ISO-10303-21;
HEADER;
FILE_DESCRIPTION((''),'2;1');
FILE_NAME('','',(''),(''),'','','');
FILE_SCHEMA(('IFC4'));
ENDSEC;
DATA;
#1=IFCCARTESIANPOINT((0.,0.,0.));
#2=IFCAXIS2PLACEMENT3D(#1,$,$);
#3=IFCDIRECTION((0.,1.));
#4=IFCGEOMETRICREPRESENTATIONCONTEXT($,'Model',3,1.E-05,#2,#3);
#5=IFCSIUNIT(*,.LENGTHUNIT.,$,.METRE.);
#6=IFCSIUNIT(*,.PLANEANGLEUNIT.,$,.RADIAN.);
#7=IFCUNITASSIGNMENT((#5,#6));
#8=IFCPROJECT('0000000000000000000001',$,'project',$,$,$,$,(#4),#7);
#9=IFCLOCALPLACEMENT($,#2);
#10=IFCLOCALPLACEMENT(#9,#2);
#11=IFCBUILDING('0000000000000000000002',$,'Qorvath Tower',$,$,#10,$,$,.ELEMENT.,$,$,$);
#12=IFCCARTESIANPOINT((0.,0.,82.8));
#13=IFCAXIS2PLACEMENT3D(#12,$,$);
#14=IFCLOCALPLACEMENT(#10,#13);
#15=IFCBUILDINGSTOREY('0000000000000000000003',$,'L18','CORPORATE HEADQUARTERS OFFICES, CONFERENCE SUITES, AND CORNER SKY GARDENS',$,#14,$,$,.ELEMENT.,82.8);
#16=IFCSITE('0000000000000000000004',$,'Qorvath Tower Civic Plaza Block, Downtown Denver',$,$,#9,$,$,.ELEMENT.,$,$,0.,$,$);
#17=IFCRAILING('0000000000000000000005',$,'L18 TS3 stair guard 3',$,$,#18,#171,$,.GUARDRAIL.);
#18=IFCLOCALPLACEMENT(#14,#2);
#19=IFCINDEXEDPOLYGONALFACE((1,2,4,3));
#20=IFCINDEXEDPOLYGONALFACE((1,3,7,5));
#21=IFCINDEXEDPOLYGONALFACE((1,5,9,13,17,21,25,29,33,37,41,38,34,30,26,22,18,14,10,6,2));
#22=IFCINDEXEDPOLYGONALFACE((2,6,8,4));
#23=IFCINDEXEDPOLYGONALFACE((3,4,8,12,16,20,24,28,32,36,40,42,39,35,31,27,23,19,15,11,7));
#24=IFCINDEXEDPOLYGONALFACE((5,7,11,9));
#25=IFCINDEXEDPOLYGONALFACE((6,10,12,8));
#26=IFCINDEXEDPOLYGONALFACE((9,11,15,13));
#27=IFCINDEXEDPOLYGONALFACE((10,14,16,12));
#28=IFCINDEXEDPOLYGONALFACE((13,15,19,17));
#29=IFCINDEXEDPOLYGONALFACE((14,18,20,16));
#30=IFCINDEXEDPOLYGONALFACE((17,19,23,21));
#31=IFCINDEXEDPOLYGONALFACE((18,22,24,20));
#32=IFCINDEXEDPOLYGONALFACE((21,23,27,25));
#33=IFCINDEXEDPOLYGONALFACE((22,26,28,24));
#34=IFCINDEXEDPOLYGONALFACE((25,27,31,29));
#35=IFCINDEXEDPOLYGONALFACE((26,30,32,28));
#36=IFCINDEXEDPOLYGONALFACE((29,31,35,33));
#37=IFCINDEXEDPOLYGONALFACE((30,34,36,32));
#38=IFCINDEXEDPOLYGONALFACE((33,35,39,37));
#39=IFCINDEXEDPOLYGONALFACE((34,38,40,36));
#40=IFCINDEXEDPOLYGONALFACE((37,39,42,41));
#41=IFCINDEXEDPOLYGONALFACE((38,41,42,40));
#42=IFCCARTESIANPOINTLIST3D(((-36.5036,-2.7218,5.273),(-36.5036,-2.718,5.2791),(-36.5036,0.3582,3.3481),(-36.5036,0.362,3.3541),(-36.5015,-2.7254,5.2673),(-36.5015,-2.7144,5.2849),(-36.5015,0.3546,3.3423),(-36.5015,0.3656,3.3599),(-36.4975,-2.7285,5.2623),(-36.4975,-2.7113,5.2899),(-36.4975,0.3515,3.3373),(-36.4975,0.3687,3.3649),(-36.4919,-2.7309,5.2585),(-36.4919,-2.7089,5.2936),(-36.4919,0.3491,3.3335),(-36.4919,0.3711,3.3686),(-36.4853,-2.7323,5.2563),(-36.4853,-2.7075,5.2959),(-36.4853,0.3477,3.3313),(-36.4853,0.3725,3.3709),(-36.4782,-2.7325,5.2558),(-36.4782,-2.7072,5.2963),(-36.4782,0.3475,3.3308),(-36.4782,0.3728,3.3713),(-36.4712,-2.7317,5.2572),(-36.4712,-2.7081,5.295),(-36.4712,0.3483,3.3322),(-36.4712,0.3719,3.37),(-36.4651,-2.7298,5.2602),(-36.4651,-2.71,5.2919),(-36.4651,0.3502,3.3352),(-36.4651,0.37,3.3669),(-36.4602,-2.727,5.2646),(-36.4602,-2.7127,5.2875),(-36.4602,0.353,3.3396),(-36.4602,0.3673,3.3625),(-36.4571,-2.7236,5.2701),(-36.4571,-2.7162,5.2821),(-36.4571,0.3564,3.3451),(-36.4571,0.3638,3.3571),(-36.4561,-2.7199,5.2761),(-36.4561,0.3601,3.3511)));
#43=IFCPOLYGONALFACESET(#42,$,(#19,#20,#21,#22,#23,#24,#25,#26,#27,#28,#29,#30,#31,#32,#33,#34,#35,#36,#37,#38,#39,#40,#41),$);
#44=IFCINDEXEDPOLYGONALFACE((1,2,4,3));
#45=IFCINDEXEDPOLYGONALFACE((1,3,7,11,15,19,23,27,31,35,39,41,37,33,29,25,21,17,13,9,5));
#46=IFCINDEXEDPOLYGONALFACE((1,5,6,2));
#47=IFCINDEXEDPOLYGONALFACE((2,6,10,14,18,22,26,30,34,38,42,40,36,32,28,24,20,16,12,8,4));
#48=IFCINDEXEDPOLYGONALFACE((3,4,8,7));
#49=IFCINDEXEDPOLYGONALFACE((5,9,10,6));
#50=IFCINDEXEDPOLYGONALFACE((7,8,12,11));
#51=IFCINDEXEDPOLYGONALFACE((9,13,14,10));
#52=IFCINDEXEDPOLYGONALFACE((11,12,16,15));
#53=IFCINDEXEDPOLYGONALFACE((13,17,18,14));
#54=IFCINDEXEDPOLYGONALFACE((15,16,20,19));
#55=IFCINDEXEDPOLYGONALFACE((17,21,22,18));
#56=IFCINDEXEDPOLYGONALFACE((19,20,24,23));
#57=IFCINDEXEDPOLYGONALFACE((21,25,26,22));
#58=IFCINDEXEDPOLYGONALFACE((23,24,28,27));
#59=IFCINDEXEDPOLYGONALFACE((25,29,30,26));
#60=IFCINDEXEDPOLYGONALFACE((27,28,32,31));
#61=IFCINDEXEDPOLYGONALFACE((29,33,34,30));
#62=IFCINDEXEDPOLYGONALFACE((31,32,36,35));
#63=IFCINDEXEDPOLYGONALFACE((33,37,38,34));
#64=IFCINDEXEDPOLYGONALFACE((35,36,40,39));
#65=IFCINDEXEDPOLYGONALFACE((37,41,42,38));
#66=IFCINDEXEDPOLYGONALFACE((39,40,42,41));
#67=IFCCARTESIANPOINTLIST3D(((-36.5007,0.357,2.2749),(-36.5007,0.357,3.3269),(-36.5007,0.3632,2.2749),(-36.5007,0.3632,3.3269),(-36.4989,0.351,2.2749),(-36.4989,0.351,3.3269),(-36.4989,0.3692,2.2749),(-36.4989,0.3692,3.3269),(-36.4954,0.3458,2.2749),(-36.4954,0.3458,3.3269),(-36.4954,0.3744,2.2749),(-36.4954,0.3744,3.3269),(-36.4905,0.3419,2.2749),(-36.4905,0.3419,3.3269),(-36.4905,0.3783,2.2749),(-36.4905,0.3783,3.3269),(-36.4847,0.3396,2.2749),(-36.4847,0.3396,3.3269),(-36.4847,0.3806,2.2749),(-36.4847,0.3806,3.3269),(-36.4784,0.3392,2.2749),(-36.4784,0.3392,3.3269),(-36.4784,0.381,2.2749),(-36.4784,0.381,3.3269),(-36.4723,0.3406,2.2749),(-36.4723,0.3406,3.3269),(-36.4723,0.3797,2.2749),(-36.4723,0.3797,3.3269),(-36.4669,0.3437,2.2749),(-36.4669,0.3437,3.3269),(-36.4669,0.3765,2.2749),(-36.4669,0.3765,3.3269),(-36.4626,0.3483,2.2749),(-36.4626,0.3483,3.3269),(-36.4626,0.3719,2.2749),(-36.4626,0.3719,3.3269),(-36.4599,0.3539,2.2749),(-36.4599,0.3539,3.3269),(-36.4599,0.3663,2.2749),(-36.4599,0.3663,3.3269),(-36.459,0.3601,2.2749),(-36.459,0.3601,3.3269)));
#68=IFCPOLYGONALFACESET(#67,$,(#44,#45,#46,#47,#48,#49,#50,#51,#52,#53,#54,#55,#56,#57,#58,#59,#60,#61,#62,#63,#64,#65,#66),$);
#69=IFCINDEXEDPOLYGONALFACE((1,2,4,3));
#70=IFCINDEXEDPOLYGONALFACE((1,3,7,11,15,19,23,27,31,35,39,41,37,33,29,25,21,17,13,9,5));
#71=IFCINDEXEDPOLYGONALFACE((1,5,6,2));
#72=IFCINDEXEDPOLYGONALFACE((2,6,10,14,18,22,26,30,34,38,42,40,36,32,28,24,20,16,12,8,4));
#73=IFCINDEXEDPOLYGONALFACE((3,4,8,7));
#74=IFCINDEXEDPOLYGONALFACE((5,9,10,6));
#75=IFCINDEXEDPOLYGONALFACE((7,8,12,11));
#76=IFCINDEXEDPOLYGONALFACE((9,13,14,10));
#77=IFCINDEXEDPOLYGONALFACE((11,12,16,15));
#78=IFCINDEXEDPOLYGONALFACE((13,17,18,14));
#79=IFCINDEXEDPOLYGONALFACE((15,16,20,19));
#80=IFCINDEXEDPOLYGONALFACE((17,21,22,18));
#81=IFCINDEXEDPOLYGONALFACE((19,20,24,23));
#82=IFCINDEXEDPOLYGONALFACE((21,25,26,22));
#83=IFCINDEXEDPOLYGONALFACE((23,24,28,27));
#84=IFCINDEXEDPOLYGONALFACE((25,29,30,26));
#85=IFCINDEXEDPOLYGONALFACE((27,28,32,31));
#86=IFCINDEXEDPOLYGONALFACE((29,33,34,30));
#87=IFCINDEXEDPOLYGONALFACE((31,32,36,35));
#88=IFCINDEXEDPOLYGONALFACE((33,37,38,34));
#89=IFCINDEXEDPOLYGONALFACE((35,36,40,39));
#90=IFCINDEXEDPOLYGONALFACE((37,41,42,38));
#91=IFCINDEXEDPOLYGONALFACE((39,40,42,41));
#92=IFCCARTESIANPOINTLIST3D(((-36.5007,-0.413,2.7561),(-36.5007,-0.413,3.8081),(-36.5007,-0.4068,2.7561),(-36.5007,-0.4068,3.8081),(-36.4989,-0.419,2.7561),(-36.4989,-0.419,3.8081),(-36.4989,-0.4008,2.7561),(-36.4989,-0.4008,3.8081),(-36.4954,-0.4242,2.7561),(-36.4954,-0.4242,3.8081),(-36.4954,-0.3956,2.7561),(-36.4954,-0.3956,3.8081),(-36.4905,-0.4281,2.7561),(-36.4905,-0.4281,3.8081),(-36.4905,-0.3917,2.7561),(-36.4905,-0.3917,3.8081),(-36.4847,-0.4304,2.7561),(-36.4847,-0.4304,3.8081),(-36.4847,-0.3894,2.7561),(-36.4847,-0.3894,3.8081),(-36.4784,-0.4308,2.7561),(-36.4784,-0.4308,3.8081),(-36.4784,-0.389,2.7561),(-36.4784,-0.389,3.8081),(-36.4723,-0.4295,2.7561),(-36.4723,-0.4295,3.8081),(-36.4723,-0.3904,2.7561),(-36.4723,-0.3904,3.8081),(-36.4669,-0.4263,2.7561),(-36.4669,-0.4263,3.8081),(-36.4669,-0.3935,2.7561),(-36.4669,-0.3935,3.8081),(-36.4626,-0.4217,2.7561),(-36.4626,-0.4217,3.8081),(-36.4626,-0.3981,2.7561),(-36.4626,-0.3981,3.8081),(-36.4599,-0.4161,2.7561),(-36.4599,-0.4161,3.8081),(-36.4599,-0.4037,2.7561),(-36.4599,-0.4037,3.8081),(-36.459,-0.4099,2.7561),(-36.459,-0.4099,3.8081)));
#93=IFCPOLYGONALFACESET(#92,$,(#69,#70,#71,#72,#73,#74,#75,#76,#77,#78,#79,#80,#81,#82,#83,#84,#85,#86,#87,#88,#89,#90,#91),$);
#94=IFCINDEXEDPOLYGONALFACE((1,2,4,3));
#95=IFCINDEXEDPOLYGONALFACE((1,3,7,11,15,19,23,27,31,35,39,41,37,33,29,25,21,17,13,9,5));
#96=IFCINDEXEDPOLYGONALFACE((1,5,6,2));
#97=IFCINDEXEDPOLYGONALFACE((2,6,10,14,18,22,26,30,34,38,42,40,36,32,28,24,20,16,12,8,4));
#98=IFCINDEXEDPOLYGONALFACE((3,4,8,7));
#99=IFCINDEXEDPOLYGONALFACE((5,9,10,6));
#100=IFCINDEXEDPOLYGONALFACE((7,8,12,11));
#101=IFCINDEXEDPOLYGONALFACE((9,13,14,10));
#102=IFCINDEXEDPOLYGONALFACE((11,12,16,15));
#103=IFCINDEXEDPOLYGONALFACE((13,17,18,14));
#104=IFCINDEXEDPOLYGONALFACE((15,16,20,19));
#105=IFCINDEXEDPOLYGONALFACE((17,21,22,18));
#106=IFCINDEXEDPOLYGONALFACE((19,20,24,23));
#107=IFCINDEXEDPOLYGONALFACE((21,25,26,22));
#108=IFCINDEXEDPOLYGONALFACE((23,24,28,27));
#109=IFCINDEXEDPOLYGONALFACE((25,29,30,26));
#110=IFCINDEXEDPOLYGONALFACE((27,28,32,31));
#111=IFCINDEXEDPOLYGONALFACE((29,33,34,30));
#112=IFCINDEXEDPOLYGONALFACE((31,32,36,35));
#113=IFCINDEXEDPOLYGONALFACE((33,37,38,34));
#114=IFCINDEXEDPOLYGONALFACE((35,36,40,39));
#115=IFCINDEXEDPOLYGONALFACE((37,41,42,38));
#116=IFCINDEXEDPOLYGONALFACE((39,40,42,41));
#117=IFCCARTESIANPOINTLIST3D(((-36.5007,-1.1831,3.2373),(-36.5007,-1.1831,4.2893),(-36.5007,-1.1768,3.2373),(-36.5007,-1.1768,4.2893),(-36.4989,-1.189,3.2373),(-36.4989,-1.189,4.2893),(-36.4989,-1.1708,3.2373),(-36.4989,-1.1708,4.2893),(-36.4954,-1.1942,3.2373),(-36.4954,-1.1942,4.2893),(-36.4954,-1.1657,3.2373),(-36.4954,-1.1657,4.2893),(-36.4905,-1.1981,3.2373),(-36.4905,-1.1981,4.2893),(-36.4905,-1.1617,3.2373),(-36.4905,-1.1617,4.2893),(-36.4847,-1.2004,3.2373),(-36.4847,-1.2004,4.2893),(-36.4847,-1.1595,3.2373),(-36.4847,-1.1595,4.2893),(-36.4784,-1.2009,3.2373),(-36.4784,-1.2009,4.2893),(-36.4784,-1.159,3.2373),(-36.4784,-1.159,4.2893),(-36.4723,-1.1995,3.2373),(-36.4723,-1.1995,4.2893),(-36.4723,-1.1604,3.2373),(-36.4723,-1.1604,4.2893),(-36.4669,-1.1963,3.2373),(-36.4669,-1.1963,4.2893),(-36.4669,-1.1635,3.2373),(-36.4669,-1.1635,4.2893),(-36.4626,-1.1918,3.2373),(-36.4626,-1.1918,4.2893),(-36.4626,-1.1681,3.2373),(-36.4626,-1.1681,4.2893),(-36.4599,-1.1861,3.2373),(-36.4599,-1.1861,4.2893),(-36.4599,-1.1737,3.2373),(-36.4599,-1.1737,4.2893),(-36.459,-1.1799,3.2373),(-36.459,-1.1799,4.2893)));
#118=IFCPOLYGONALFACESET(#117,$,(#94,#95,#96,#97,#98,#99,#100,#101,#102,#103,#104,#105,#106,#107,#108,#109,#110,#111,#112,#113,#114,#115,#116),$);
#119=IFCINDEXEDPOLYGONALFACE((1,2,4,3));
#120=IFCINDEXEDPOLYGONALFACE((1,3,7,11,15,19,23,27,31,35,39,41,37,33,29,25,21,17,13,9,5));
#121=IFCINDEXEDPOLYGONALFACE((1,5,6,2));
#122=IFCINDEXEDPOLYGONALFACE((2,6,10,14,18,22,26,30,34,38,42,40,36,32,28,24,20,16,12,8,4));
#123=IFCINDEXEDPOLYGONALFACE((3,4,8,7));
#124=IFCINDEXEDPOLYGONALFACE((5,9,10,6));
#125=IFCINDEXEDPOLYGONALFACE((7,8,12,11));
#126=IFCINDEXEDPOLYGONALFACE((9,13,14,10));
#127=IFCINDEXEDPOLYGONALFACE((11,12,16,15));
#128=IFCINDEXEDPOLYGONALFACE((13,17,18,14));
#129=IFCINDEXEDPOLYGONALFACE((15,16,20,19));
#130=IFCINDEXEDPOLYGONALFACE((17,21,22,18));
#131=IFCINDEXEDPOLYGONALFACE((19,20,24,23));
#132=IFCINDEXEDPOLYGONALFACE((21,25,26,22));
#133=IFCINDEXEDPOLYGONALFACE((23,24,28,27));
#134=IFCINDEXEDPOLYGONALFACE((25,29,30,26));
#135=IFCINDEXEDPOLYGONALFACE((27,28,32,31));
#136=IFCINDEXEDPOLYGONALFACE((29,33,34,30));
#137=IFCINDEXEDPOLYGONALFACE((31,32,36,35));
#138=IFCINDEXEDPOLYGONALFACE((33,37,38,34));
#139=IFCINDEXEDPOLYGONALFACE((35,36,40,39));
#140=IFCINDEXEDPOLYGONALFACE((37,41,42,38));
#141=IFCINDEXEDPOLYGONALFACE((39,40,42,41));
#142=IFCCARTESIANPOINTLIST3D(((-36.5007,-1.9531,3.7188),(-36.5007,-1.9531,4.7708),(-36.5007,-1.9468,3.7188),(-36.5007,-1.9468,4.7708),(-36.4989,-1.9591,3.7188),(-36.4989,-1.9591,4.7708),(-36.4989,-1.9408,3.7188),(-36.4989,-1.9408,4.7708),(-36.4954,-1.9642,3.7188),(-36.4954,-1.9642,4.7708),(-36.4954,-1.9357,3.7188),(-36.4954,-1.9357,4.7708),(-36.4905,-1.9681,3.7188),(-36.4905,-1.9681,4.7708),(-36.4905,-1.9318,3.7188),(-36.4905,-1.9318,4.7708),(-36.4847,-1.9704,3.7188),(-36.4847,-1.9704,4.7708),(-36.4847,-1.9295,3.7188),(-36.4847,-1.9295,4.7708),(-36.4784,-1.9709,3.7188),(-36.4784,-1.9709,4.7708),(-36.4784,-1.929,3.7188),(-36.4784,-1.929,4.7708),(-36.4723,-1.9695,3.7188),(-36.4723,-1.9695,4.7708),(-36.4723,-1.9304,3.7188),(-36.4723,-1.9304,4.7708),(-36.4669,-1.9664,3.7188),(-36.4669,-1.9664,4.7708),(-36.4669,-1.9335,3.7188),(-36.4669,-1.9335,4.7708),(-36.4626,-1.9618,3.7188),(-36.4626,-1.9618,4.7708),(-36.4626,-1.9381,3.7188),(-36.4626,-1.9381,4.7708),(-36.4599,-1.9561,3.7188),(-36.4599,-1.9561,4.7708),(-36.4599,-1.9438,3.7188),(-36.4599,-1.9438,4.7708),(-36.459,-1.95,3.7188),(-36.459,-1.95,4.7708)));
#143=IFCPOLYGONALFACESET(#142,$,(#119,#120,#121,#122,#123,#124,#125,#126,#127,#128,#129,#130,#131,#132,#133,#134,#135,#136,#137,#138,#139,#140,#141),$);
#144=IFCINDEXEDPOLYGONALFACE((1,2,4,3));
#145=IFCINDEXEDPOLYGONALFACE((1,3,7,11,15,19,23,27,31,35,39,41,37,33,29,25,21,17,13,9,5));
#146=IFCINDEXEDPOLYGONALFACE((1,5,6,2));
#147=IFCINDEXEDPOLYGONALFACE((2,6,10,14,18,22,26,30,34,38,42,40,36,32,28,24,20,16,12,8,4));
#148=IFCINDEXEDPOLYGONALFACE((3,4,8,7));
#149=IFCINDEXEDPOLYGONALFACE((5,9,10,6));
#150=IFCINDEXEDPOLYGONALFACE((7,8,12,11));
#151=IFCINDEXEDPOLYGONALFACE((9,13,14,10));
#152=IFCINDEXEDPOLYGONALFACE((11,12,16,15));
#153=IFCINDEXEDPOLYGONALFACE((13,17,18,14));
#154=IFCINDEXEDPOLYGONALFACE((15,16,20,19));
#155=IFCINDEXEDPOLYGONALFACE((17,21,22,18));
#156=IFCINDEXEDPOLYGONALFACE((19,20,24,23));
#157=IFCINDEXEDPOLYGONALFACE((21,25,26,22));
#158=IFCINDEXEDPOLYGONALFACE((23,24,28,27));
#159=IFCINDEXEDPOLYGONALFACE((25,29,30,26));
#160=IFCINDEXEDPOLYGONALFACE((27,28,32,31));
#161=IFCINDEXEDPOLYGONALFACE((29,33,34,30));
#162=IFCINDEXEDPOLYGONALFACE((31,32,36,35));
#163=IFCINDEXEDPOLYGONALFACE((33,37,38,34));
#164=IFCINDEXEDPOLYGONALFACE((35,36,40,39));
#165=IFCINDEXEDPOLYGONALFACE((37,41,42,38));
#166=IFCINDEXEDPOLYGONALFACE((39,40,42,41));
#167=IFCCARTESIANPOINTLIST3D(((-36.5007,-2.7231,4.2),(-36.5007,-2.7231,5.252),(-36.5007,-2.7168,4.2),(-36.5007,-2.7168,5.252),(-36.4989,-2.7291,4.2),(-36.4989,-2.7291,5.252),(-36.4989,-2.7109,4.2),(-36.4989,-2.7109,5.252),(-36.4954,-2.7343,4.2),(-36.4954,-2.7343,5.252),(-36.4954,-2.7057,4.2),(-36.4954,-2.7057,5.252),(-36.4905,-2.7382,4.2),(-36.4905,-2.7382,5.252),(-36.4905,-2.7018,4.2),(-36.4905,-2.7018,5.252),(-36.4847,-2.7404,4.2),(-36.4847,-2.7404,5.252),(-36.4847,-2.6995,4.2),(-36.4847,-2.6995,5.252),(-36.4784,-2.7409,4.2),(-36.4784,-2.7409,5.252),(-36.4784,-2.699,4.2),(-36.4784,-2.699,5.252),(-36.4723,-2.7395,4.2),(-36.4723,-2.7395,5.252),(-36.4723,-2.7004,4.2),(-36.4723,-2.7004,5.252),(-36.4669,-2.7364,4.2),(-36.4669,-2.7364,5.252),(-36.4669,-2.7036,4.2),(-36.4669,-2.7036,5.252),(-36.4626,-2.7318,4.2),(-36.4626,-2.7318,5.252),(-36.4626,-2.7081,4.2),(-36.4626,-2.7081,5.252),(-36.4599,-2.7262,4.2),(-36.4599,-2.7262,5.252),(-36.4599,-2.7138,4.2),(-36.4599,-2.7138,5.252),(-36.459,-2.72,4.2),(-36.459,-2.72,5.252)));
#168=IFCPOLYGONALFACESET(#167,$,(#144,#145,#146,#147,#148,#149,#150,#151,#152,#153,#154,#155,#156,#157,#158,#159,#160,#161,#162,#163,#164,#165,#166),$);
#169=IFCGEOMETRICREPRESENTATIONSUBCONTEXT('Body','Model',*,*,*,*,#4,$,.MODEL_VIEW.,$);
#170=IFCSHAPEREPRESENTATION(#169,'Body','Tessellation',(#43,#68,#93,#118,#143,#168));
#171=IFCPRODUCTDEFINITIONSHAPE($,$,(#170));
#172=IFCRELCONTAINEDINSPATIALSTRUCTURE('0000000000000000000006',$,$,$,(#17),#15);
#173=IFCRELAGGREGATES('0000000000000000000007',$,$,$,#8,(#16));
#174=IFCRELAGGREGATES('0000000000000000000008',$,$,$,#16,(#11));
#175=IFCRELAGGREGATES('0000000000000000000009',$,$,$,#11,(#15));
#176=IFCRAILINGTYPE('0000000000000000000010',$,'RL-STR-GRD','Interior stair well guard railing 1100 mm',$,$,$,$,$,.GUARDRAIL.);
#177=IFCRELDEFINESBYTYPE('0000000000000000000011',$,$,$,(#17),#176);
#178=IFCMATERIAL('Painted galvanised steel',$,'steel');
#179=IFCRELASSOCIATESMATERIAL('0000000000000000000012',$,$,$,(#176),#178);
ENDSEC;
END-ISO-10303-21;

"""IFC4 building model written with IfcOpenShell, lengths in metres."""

from ifc_helpers import new_model, si_unit, direction, frame, origin, origin_2d, place, context, subcontext, project, spatial, circle, extrude, material, type_object, element, save


model = new_model("IFC4")

# Units and contexts
model_context = context("Model", 3, precision=1e-05, world=origin(), true_north=direction((0.0, 1.0)))
body_context = subcontext(model_context, "Body", "Model", "MODEL_VIEW")
ifc_project = project(units=[si_unit("LENGTHUNIT", "METRE"), si_unit("PLANEANGLEUNIT", "RADIAN")], contexts=[model_context])

# Site, building, storey
site_placement = place(None, origin())
site = spatial("IfcSite", under=ifc_project, at=site_placement, Name="Qorvath Tower Civic Plaza Block, Downtown Denver", CompositionType="ELEMENT", RefElevation=0.0)
building_placement = place(site_placement, origin())
building = spatial("IfcBuilding", under=site, at=building_placement, Name="Qorvath Tower", CompositionType="ELEMENT")
storey_placement = place(building_placement, frame((0.0, 0.0, 82.8)))
storey = spatial("IfcBuildingStorey", under=building, at=storey_placement, Name="L18", Description="CORPORATE HEADQUARTERS OFFICES, CONFERENCE SUITES, AND CORNER SKY GARDENS", CompositionType="ELEMENT", Elevation=82.8)

# Railing
ifc_material_1 = material(Name="Painted galvanised steel", Category="steel")
railing_type_1 = type_object("IfcRailingType", Name="RL-STR-GRD", Description="Interior stair well guard railing 1100 mm", PredefinedType="GUARDRAIL", material=ifc_material_1)
railing_1_placement = place(storey_placement, frame((-36.48, 0.3601, 2.2749)))
element("IfcRailing", 1, at=railing_1_placement, inside=storey, type_object=railing_type_1, Name="L18 TS3 stair guard 3", PredefinedType="GUARDRAIL", context=body_context, shape_type="SweptSolid", body=[
    extrude(circle(Radius=0.0239, at=origin_2d()), frame((0.0, 0.0, 1.0762), z_axis=(0.0, -0.847998, 0.529999), x_axis=(1.0, 0.0, 0.0)), (0.0, 0.0, 1.0), 3.6321),
    extrude(circle(Radius=0.021, at=origin_2d()), origin(), (0.0, 0.0, 1.0), 1.052),
    extrude(circle(Radius=0.021, at=origin_2d()), frame((0.0, -0.77, 0.4812)), (0.0, 0.0, 1.0), 1.052),
    extrude(circle(Radius=0.021, at=origin_2d()), frame((0.0, -1.54, 0.9624)), (0.0, 0.0, 1.0), 1.052),
    extrude(circle(Radius=0.021, at=origin_2d()), frame((0.0, -2.3101, 1.4438)), (0.0, 0.0, 1.0), 1.052),
    extrude(circle(Radius=0.021, at=origin_2d()), frame((0.0, -3.0801, 1.925)), (0.0, 0.0, 1.0), 1.052),
])

save(model, "model.ifc")
